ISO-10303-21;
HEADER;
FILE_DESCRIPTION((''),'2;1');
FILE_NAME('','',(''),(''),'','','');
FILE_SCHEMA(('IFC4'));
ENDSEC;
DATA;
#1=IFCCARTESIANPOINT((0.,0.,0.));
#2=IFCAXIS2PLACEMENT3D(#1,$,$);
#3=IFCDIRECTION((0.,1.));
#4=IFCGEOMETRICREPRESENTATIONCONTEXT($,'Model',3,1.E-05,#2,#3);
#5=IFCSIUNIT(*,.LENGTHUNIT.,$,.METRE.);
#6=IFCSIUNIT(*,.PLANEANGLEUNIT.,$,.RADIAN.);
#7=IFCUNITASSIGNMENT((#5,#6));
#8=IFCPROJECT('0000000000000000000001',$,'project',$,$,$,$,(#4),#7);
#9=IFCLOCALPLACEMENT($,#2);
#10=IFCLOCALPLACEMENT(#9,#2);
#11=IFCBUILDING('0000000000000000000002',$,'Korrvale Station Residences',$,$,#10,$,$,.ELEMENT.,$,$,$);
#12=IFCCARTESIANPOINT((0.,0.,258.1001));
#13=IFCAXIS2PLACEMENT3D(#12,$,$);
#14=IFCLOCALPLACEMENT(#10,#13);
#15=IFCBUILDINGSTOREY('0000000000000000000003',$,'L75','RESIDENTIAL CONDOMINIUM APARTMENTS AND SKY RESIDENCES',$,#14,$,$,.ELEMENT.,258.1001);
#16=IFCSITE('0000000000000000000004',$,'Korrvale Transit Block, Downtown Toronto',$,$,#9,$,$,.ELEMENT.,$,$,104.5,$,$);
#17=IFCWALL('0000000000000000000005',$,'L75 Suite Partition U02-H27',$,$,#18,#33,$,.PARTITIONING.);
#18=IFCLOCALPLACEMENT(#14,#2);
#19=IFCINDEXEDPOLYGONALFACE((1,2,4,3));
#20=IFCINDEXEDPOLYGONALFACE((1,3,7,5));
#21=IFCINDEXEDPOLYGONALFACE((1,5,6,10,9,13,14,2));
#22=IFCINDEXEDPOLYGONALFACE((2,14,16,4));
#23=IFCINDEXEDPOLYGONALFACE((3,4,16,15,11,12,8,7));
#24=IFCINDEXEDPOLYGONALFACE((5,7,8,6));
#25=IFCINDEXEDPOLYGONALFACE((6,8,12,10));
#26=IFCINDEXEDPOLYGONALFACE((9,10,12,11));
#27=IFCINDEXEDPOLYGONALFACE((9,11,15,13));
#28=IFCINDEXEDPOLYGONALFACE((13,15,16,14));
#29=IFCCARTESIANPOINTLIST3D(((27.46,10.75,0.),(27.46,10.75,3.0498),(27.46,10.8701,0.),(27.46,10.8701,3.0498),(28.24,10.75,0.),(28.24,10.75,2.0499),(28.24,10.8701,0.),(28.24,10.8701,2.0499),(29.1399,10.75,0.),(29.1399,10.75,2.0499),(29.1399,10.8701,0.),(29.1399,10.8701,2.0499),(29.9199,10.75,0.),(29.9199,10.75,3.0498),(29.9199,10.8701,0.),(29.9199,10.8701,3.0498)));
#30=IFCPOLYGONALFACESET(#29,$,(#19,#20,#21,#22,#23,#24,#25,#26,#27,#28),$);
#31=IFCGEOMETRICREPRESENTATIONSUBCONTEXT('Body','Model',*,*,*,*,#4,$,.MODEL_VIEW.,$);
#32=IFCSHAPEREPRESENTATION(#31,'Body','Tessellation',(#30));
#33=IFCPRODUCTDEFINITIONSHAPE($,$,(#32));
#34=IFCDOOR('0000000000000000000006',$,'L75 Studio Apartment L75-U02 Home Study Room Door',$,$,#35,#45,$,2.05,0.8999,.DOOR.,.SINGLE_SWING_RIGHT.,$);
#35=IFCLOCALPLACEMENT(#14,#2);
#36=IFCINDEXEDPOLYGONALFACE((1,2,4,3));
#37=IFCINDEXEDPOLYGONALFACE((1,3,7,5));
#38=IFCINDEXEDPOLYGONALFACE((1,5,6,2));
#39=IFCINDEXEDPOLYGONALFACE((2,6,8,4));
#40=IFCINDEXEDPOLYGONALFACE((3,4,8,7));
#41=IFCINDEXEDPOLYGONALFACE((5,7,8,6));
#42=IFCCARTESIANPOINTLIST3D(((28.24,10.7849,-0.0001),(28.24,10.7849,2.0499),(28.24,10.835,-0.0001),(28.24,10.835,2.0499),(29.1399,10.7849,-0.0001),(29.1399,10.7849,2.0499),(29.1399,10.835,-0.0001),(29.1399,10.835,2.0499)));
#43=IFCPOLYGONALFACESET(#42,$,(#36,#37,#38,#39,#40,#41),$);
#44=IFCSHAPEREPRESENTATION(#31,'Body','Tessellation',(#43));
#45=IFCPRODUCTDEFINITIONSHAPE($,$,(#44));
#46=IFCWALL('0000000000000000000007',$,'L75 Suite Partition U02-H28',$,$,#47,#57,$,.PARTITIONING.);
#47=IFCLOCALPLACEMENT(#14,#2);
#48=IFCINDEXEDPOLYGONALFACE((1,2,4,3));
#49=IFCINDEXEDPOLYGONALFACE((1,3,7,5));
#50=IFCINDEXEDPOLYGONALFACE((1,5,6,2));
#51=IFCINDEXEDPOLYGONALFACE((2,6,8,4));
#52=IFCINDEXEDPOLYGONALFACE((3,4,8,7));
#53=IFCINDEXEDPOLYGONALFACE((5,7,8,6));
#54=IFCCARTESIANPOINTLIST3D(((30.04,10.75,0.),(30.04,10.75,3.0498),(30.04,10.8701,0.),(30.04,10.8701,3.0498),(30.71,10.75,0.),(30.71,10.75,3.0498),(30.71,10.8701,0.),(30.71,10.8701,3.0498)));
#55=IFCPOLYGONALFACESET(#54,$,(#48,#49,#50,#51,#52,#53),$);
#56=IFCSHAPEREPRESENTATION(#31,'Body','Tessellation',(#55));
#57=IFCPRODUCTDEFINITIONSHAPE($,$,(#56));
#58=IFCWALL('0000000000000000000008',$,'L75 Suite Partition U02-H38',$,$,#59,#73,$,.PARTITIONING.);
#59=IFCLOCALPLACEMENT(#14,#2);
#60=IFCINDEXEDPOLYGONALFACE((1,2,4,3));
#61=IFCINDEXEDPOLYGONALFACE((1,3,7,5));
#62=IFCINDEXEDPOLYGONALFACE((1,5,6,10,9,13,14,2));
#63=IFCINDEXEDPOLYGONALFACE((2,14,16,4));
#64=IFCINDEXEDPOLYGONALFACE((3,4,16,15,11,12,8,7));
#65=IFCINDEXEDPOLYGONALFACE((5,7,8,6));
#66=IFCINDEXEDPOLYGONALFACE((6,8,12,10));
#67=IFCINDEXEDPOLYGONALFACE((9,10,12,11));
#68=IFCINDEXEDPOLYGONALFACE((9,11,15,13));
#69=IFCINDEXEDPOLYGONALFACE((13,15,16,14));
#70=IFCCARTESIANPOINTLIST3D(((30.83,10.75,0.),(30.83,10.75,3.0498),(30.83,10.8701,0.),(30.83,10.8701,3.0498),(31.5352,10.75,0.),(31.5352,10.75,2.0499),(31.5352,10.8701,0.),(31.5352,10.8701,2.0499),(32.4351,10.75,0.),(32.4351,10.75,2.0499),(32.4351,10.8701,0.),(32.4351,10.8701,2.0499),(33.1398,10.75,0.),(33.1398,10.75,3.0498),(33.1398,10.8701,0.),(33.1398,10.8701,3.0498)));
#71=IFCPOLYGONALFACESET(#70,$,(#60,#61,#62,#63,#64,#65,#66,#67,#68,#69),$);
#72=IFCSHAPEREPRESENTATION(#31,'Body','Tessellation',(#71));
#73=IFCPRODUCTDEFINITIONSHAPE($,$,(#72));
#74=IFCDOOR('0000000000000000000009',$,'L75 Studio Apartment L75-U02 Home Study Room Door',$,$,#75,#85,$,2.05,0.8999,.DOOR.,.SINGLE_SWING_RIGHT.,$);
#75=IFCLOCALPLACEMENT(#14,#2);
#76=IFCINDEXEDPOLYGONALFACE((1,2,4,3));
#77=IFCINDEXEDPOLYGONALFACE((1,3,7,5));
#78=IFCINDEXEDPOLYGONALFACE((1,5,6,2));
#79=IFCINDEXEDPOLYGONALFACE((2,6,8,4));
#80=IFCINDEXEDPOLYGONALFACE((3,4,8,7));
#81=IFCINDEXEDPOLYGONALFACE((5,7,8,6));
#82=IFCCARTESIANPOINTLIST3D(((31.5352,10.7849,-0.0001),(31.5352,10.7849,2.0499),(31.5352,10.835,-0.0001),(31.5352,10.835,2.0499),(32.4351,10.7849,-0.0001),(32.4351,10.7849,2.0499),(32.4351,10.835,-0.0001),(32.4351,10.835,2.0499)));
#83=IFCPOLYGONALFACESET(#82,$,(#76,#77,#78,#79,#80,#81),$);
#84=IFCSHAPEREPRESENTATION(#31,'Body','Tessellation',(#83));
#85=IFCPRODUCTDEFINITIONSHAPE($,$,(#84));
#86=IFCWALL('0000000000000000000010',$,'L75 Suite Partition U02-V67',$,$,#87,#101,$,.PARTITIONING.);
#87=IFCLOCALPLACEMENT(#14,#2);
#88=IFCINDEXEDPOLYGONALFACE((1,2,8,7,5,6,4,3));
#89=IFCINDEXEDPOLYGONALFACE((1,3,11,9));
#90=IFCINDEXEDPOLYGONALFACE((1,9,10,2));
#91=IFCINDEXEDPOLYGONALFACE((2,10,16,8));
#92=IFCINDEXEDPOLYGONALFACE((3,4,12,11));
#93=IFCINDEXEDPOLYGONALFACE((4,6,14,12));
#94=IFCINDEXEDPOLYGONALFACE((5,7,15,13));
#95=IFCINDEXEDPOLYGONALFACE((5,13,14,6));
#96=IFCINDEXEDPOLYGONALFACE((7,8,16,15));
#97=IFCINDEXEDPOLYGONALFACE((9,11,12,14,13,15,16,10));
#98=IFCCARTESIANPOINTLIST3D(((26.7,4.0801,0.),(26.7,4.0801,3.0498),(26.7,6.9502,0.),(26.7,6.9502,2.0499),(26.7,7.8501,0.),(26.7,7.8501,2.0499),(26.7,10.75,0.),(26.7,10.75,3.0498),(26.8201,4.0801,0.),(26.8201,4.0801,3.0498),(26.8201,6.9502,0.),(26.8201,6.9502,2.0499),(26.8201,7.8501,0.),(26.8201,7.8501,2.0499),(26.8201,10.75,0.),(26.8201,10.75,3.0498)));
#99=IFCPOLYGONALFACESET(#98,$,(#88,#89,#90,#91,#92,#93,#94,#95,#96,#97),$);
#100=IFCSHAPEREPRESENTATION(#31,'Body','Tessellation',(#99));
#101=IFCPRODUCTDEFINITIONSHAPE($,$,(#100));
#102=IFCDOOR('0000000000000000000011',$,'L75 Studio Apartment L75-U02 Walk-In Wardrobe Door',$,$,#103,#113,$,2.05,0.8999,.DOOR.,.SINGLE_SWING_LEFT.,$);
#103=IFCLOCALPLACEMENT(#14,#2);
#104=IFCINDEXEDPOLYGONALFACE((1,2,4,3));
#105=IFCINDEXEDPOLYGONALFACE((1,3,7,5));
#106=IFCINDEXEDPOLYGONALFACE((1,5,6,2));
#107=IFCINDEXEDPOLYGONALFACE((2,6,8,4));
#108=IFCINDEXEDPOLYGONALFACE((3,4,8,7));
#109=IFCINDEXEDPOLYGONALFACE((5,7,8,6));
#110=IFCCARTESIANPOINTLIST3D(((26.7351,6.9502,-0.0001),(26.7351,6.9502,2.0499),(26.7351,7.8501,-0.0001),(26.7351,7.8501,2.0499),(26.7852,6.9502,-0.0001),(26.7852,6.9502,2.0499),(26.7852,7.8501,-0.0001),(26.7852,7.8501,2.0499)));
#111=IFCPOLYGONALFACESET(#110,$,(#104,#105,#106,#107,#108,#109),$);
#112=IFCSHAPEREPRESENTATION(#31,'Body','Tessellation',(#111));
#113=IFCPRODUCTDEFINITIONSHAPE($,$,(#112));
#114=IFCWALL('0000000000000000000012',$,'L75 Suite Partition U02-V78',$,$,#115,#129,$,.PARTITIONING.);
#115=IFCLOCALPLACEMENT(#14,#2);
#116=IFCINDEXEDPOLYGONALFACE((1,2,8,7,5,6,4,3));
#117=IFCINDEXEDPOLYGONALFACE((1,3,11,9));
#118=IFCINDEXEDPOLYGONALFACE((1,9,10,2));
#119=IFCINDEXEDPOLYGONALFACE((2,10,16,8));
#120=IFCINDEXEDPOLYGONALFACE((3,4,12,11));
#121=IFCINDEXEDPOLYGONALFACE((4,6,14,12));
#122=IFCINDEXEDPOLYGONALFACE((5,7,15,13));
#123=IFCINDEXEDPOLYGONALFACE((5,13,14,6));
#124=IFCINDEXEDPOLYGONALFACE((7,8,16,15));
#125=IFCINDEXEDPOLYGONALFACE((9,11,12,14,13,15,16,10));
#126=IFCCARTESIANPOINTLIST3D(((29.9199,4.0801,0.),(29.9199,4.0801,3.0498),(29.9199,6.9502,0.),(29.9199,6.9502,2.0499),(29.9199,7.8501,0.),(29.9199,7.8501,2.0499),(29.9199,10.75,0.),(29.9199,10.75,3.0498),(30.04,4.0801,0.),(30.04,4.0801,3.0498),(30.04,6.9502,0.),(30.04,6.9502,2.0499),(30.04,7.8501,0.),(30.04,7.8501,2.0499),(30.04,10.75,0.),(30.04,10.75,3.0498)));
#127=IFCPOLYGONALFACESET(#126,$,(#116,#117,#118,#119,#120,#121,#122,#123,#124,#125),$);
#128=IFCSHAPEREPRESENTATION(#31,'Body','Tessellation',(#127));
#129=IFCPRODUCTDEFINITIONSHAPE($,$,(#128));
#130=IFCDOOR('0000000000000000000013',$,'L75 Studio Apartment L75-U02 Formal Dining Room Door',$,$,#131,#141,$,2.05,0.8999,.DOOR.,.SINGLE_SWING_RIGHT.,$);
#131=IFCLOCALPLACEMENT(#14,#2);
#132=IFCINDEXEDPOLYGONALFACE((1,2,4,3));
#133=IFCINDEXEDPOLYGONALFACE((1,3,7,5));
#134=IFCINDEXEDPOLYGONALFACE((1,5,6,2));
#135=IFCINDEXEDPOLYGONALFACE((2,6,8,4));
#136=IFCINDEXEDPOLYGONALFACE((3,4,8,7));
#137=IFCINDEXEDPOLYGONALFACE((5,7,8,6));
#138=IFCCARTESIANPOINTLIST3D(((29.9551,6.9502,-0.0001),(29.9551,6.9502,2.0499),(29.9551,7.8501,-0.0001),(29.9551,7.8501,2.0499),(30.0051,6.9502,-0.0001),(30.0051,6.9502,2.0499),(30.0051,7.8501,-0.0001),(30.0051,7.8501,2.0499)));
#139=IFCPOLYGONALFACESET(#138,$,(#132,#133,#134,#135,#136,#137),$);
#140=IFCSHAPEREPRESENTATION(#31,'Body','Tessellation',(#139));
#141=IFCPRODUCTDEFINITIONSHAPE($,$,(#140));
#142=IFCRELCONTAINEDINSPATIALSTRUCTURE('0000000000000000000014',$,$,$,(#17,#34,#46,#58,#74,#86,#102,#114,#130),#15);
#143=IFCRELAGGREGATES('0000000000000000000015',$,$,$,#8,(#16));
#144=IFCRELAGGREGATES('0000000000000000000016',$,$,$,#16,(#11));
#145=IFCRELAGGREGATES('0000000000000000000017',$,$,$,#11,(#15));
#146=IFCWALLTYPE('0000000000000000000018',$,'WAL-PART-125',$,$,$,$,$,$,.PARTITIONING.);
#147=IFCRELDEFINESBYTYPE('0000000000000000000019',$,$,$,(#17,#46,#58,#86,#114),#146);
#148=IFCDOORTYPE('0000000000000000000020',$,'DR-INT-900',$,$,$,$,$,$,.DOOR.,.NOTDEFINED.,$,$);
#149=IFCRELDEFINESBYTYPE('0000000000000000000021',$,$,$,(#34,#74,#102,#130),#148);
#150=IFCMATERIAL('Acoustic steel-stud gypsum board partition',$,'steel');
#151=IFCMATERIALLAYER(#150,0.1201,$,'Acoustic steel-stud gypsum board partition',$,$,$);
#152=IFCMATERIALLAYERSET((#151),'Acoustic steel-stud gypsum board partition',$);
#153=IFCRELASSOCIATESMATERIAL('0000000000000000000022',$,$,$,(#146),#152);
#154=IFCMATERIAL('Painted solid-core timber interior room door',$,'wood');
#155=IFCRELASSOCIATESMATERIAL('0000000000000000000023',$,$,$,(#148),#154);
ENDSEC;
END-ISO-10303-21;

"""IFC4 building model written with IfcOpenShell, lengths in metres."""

from ifc_helpers import new_model, si_unit, direction, frame, frame_2d, origin, place, context, subcontext, project, spatial, rectangle, extrude, material, layer, layer_set, type_object, element, fill, save


model = new_model("IFC4")

# Units and contexts
model_context = context("Model", 3, precision=1e-05, world=origin(), true_north=direction((0.0, 1.0)))
body_context = subcontext(model_context, "Body", "Model", "MODEL_VIEW")
ifc_project = project(units=[si_unit("LENGTHUNIT", "METRE"), si_unit("PLANEANGLEUNIT", "RADIAN")], contexts=[model_context])

# Site, building, storey
site_placement = place(None, origin())
site = spatial("IfcSite", under=ifc_project, at=site_placement, Name="Korrvale Transit Block, Downtown Toronto", CompositionType="ELEMENT", RefElevation=104.5)
building_placement = place(site_placement, origin())
building = spatial("IfcBuilding", under=site, at=building_placement, Name="Korrvale Station Residences", CompositionType="ELEMENT")
storey_placement = place(building_placement, frame((0.0, 0.0, 258.1001)))
storey = spatial("IfcBuildingStorey", under=building, at=storey_placement, Name="L75", Description="RESIDENTIAL CONDOMINIUM APARTMENTS AND SKY RESIDENCES", CompositionType="ELEMENT", Elevation=258.1001)

# Shared definitions
ifc_material_1 = material(Name="Acoustic steel-stud gypsum board partition", Category="steel")
ifc_layer_1 = layer(ifc_material_1, 0.1201, Name="Acoustic steel-stud gypsum board partition")
ifc_layer_set_1 = layer_set([ifc_layer_1], Name="Acoustic steel-stud gypsum board partition")
wall_type_1 = type_object("IfcWallType", Name="WAL-PART-125", PredefinedType="PARTITIONING", material=ifc_layer_set_1)
ifc_material_2 = material(Name="Painted solid-core timber interior room door", Category="wood")
door_type = type_object("IfcDoorType", Name="DR-INT-900", OperationType="NOTDEFINED", PredefinedType="DOOR", material=ifc_material_2)

# Wall, opening, door
wall_1_placement = place(storey_placement, frame((27.46, 10.8101, 0.0), z_axis=(0.0, 0.0, 1.0), x_axis=(1.0, 0.0, 0.0)))
wall_1 = element("IfcWall", 1, at=wall_1_placement, inside=storey, type_object=wall_type_1, Name="L75 Suite Partition U02-H27", PredefinedType="PARTITIONING", context=body_context, shape_type="SweptSolid", body=[
    extrude(rectangle(XDim=2.46, YDim=0.1201, at=frame_2d((1.23, 0.0))), origin(), (0.0, 0.0, 1.0), 3.0498),
])
opening_1_placement = place(wall_1_placement, frame((0.78, 0.0, 0.0)))
opening_1 = element("IfcOpeningElement", 2, at=opening_1_placement, cuts=wall_1, PredefinedType="OPENING", context=body_context, shape_type="SweptSolid", body=[
    extrude(rectangle(XDim=0.8999, YDim=2.05, at=frame_2d((0.45, 1.0249))), frame((0.0, 0.0701, 0.0), z_axis=(0.0, -1.0, 0.0), x_axis=(1.0, 0.0, 0.0)), (0.0, 0.0, 1.0), 0.1401),
])
door_1_placement = place(opening_1_placement, origin())
door_1 = element("IfcDoor", 3, at=door_1_placement, inside=storey, type_object=door_type, Name="L75 Studio Apartment L75-U02 Home Study Room Door", OperationType="SINGLE_SWING_RIGHT", OverallHeight=2.05, OverallWidth=0.8999, PredefinedType="DOOR", context=body_context, shape_type="SweptSolid", body=[
    extrude(rectangle(XDim=0.8999, YDim=2.05, at=frame_2d((0.45, 1.0249))), frame((0.0, 0.0249, 0.0), z_axis=(0.0, -1.0, 0.0), x_axis=(1.0, 0.0, 0.0)), (0.0, 0.0, 1.0), 0.05),
])
fill(opening_1, door_1)

# Wall
wall_2_placement = place(storey_placement, frame((30.04, 10.8101, 0.0), z_axis=(0.0, 0.0, 1.0), x_axis=(1.0, 0.0, 0.0)))
element("IfcWall", 4, at=wall_2_placement, inside=storey, type_object=wall_type_1, Name="L75 Suite Partition U02-H28", PredefinedType="PARTITIONING", context=body_context, shape_type="SweptSolid", body=[
    extrude(rectangle(XDim=0.6699, YDim=0.1201, at=frame_2d((0.335, 0.0))), origin(), (0.0, 0.0, 1.0), 3.0498),
])

# Walls, openings, doors
wall_3_placement = place(storey_placement, frame((30.8301, 10.8101, 0.0), z_axis=(0.0, 0.0, 1.0), x_axis=(1.0, 0.0, 0.0)))
wall_3 = element("IfcWall", 5, at=wall_3_placement, inside=storey, type_object=wall_type_1, Name="L75 Suite Partition U02-H38", PredefinedType="PARTITIONING", context=body_context, shape_type="SweptSolid", body=[
    extrude(rectangle(XDim=2.3098, YDim=0.1201, at=frame_2d((1.1548, 0.0))), origin(), (0.0, 0.0, 1.0), 3.0498),
])
opening_2_placement = place(wall_3_placement, frame((0.7051, 0.0, 0.0)))
opening_2 = element("IfcOpeningElement", 6, at=opening_2_placement, cuts=wall_3, PredefinedType="OPENING", context=body_context, shape_type="SweptSolid", body=[
    extrude(rectangle(XDim=0.8999, YDim=2.05, at=frame_2d((0.45, 1.0249))), frame((0.0, 0.0701, 0.0), z_axis=(0.0, -1.0, 0.0), x_axis=(1.0, 0.0, 0.0)), (0.0, 0.0, 1.0), 0.1401),
])
door_2_placement = place(opening_2_placement, origin())
door_2 = element("IfcDoor", 7, at=door_2_placement, inside=storey, type_object=door_type, Name="L75 Studio Apartment L75-U02 Home Study Room Door", OperationType="SINGLE_SWING_RIGHT", OverallHeight=2.05, OverallWidth=0.8999, PredefinedType="DOOR", context=body_context, shape_type="SweptSolid", body=[
    extrude(rectangle(XDim=0.8999, YDim=2.05, at=frame_2d((0.45, 1.0249))), frame((0.0, 0.0249, 0.0), z_axis=(0.0, -1.0, 0.0), x_axis=(1.0, 0.0, 0.0)), (0.0, 0.0, 1.0), 0.05),
])
fill(opening_2, door_2)
wall_4_placement = place(storey_placement, frame((26.76, 4.0801, 0.0), z_axis=(0.0, 0.0, 1.0), x_axis=(0.0, 1.0, 0.0)))
wall_4 = element("IfcWall", 8, at=wall_4_placement, inside=storey, type_object=wall_type_1, Name="L75 Suite Partition U02-V67", PredefinedType="PARTITIONING", context=body_context, shape_type="SweptSolid", body=[
    extrude(rectangle(XDim=6.6699, YDim=0.1201, at=frame_2d((3.335, 0.0))), origin(), (0.0, 0.0, 1.0), 3.0498),
])
opening_3_placement = place(wall_4_placement, frame((2.8701, 0.0, 0.0)))
opening_3 = element("IfcOpeningElement", 9, at=opening_3_placement, cuts=wall_4, PredefinedType="OPENING", context=body_context, shape_type="SweptSolid", body=[
    extrude(rectangle(XDim=0.8999, YDim=2.05, at=frame_2d((0.45, 1.0249))), frame((0.0, 0.0701, 0.0), z_axis=(0.0, -1.0, 0.0), x_axis=(1.0, 0.0, 0.0)), (0.0, 0.0, 1.0), 0.1401),
])
door_3_placement = place(opening_3_placement, origin())
door_3 = element("IfcDoor", 10, at=door_3_placement, inside=storey, type_object=door_type, Name="L75 Studio Apartment L75-U02 Walk-In Wardrobe Door", OperationType="SINGLE_SWING_LEFT", OverallHeight=2.05, OverallWidth=0.8999, PredefinedType="DOOR", context=body_context, shape_type="SweptSolid", body=[
    extrude(rectangle(XDim=0.8999, YDim=2.05, at=frame_2d((0.45, 1.0249))), frame((0.0, 0.0249, 0.0), z_axis=(0.0, -1.0, 0.0), x_axis=(1.0, 0.0, 0.0)), (0.0, 0.0, 1.0), 0.05),
])
fill(opening_3, door_3)
wall_5_placement = place(storey_placement, frame((29.98, 4.0801, 0.0), z_axis=(0.0, 0.0, 1.0), x_axis=(0.0, 1.0, 0.0)))
wall_5 = element("IfcWall", 11, at=wall_5_placement, inside=storey, type_object=wall_type_1, Name="L75 Suite Partition U02-V78", PredefinedType="PARTITIONING", context=body_context, shape_type="SweptSolid", body=[
    extrude(rectangle(XDim=6.6699, YDim=0.1201, at=frame_2d((3.335, 0.0))), origin(), (0.0, 0.0, 1.0), 3.0498),
])
opening_4_placement = place(wall_5_placement, frame((2.8701, 0.0, 0.0)))
opening_4 = element("IfcOpeningElement", 12, at=opening_4_placement, cuts=wall_5, PredefinedType="OPENING", context=body_context, shape_type="SweptSolid", body=[
    extrude(rectangle(XDim=0.8999, YDim=2.05, at=frame_2d((0.45, 1.0249))), frame((0.0, 0.0701, 0.0), z_axis=(0.0, -1.0, 0.0), x_axis=(1.0, 0.0, 0.0)), (0.0, 0.0, 1.0), 0.1401),
])
door_4_placement = place(opening_4_placement, origin())
door_4 = element("IfcDoor", 13, at=door_4_placement, inside=storey, type_object=door_type, Name="L75 Studio Apartment L75-U02 Formal Dining Room Door", OperationType="SINGLE_SWING_RIGHT", OverallHeight=2.05, OverallWidth=0.8999, PredefinedType="DOOR", context=body_context, shape_type="SweptSolid", body=[
    extrude(rectangle(XDim=0.8999, YDim=2.05, at=frame_2d((0.45, 1.0249))), frame((0.0, 0.0249, 0.0), z_axis=(0.0, -1.0, 0.0), x_axis=(1.0, 0.0, 0.0)), (0.0, 0.0, 1.0), 0.05),
])
fill(opening_4, door_4)

save(model, "model.ifc")
